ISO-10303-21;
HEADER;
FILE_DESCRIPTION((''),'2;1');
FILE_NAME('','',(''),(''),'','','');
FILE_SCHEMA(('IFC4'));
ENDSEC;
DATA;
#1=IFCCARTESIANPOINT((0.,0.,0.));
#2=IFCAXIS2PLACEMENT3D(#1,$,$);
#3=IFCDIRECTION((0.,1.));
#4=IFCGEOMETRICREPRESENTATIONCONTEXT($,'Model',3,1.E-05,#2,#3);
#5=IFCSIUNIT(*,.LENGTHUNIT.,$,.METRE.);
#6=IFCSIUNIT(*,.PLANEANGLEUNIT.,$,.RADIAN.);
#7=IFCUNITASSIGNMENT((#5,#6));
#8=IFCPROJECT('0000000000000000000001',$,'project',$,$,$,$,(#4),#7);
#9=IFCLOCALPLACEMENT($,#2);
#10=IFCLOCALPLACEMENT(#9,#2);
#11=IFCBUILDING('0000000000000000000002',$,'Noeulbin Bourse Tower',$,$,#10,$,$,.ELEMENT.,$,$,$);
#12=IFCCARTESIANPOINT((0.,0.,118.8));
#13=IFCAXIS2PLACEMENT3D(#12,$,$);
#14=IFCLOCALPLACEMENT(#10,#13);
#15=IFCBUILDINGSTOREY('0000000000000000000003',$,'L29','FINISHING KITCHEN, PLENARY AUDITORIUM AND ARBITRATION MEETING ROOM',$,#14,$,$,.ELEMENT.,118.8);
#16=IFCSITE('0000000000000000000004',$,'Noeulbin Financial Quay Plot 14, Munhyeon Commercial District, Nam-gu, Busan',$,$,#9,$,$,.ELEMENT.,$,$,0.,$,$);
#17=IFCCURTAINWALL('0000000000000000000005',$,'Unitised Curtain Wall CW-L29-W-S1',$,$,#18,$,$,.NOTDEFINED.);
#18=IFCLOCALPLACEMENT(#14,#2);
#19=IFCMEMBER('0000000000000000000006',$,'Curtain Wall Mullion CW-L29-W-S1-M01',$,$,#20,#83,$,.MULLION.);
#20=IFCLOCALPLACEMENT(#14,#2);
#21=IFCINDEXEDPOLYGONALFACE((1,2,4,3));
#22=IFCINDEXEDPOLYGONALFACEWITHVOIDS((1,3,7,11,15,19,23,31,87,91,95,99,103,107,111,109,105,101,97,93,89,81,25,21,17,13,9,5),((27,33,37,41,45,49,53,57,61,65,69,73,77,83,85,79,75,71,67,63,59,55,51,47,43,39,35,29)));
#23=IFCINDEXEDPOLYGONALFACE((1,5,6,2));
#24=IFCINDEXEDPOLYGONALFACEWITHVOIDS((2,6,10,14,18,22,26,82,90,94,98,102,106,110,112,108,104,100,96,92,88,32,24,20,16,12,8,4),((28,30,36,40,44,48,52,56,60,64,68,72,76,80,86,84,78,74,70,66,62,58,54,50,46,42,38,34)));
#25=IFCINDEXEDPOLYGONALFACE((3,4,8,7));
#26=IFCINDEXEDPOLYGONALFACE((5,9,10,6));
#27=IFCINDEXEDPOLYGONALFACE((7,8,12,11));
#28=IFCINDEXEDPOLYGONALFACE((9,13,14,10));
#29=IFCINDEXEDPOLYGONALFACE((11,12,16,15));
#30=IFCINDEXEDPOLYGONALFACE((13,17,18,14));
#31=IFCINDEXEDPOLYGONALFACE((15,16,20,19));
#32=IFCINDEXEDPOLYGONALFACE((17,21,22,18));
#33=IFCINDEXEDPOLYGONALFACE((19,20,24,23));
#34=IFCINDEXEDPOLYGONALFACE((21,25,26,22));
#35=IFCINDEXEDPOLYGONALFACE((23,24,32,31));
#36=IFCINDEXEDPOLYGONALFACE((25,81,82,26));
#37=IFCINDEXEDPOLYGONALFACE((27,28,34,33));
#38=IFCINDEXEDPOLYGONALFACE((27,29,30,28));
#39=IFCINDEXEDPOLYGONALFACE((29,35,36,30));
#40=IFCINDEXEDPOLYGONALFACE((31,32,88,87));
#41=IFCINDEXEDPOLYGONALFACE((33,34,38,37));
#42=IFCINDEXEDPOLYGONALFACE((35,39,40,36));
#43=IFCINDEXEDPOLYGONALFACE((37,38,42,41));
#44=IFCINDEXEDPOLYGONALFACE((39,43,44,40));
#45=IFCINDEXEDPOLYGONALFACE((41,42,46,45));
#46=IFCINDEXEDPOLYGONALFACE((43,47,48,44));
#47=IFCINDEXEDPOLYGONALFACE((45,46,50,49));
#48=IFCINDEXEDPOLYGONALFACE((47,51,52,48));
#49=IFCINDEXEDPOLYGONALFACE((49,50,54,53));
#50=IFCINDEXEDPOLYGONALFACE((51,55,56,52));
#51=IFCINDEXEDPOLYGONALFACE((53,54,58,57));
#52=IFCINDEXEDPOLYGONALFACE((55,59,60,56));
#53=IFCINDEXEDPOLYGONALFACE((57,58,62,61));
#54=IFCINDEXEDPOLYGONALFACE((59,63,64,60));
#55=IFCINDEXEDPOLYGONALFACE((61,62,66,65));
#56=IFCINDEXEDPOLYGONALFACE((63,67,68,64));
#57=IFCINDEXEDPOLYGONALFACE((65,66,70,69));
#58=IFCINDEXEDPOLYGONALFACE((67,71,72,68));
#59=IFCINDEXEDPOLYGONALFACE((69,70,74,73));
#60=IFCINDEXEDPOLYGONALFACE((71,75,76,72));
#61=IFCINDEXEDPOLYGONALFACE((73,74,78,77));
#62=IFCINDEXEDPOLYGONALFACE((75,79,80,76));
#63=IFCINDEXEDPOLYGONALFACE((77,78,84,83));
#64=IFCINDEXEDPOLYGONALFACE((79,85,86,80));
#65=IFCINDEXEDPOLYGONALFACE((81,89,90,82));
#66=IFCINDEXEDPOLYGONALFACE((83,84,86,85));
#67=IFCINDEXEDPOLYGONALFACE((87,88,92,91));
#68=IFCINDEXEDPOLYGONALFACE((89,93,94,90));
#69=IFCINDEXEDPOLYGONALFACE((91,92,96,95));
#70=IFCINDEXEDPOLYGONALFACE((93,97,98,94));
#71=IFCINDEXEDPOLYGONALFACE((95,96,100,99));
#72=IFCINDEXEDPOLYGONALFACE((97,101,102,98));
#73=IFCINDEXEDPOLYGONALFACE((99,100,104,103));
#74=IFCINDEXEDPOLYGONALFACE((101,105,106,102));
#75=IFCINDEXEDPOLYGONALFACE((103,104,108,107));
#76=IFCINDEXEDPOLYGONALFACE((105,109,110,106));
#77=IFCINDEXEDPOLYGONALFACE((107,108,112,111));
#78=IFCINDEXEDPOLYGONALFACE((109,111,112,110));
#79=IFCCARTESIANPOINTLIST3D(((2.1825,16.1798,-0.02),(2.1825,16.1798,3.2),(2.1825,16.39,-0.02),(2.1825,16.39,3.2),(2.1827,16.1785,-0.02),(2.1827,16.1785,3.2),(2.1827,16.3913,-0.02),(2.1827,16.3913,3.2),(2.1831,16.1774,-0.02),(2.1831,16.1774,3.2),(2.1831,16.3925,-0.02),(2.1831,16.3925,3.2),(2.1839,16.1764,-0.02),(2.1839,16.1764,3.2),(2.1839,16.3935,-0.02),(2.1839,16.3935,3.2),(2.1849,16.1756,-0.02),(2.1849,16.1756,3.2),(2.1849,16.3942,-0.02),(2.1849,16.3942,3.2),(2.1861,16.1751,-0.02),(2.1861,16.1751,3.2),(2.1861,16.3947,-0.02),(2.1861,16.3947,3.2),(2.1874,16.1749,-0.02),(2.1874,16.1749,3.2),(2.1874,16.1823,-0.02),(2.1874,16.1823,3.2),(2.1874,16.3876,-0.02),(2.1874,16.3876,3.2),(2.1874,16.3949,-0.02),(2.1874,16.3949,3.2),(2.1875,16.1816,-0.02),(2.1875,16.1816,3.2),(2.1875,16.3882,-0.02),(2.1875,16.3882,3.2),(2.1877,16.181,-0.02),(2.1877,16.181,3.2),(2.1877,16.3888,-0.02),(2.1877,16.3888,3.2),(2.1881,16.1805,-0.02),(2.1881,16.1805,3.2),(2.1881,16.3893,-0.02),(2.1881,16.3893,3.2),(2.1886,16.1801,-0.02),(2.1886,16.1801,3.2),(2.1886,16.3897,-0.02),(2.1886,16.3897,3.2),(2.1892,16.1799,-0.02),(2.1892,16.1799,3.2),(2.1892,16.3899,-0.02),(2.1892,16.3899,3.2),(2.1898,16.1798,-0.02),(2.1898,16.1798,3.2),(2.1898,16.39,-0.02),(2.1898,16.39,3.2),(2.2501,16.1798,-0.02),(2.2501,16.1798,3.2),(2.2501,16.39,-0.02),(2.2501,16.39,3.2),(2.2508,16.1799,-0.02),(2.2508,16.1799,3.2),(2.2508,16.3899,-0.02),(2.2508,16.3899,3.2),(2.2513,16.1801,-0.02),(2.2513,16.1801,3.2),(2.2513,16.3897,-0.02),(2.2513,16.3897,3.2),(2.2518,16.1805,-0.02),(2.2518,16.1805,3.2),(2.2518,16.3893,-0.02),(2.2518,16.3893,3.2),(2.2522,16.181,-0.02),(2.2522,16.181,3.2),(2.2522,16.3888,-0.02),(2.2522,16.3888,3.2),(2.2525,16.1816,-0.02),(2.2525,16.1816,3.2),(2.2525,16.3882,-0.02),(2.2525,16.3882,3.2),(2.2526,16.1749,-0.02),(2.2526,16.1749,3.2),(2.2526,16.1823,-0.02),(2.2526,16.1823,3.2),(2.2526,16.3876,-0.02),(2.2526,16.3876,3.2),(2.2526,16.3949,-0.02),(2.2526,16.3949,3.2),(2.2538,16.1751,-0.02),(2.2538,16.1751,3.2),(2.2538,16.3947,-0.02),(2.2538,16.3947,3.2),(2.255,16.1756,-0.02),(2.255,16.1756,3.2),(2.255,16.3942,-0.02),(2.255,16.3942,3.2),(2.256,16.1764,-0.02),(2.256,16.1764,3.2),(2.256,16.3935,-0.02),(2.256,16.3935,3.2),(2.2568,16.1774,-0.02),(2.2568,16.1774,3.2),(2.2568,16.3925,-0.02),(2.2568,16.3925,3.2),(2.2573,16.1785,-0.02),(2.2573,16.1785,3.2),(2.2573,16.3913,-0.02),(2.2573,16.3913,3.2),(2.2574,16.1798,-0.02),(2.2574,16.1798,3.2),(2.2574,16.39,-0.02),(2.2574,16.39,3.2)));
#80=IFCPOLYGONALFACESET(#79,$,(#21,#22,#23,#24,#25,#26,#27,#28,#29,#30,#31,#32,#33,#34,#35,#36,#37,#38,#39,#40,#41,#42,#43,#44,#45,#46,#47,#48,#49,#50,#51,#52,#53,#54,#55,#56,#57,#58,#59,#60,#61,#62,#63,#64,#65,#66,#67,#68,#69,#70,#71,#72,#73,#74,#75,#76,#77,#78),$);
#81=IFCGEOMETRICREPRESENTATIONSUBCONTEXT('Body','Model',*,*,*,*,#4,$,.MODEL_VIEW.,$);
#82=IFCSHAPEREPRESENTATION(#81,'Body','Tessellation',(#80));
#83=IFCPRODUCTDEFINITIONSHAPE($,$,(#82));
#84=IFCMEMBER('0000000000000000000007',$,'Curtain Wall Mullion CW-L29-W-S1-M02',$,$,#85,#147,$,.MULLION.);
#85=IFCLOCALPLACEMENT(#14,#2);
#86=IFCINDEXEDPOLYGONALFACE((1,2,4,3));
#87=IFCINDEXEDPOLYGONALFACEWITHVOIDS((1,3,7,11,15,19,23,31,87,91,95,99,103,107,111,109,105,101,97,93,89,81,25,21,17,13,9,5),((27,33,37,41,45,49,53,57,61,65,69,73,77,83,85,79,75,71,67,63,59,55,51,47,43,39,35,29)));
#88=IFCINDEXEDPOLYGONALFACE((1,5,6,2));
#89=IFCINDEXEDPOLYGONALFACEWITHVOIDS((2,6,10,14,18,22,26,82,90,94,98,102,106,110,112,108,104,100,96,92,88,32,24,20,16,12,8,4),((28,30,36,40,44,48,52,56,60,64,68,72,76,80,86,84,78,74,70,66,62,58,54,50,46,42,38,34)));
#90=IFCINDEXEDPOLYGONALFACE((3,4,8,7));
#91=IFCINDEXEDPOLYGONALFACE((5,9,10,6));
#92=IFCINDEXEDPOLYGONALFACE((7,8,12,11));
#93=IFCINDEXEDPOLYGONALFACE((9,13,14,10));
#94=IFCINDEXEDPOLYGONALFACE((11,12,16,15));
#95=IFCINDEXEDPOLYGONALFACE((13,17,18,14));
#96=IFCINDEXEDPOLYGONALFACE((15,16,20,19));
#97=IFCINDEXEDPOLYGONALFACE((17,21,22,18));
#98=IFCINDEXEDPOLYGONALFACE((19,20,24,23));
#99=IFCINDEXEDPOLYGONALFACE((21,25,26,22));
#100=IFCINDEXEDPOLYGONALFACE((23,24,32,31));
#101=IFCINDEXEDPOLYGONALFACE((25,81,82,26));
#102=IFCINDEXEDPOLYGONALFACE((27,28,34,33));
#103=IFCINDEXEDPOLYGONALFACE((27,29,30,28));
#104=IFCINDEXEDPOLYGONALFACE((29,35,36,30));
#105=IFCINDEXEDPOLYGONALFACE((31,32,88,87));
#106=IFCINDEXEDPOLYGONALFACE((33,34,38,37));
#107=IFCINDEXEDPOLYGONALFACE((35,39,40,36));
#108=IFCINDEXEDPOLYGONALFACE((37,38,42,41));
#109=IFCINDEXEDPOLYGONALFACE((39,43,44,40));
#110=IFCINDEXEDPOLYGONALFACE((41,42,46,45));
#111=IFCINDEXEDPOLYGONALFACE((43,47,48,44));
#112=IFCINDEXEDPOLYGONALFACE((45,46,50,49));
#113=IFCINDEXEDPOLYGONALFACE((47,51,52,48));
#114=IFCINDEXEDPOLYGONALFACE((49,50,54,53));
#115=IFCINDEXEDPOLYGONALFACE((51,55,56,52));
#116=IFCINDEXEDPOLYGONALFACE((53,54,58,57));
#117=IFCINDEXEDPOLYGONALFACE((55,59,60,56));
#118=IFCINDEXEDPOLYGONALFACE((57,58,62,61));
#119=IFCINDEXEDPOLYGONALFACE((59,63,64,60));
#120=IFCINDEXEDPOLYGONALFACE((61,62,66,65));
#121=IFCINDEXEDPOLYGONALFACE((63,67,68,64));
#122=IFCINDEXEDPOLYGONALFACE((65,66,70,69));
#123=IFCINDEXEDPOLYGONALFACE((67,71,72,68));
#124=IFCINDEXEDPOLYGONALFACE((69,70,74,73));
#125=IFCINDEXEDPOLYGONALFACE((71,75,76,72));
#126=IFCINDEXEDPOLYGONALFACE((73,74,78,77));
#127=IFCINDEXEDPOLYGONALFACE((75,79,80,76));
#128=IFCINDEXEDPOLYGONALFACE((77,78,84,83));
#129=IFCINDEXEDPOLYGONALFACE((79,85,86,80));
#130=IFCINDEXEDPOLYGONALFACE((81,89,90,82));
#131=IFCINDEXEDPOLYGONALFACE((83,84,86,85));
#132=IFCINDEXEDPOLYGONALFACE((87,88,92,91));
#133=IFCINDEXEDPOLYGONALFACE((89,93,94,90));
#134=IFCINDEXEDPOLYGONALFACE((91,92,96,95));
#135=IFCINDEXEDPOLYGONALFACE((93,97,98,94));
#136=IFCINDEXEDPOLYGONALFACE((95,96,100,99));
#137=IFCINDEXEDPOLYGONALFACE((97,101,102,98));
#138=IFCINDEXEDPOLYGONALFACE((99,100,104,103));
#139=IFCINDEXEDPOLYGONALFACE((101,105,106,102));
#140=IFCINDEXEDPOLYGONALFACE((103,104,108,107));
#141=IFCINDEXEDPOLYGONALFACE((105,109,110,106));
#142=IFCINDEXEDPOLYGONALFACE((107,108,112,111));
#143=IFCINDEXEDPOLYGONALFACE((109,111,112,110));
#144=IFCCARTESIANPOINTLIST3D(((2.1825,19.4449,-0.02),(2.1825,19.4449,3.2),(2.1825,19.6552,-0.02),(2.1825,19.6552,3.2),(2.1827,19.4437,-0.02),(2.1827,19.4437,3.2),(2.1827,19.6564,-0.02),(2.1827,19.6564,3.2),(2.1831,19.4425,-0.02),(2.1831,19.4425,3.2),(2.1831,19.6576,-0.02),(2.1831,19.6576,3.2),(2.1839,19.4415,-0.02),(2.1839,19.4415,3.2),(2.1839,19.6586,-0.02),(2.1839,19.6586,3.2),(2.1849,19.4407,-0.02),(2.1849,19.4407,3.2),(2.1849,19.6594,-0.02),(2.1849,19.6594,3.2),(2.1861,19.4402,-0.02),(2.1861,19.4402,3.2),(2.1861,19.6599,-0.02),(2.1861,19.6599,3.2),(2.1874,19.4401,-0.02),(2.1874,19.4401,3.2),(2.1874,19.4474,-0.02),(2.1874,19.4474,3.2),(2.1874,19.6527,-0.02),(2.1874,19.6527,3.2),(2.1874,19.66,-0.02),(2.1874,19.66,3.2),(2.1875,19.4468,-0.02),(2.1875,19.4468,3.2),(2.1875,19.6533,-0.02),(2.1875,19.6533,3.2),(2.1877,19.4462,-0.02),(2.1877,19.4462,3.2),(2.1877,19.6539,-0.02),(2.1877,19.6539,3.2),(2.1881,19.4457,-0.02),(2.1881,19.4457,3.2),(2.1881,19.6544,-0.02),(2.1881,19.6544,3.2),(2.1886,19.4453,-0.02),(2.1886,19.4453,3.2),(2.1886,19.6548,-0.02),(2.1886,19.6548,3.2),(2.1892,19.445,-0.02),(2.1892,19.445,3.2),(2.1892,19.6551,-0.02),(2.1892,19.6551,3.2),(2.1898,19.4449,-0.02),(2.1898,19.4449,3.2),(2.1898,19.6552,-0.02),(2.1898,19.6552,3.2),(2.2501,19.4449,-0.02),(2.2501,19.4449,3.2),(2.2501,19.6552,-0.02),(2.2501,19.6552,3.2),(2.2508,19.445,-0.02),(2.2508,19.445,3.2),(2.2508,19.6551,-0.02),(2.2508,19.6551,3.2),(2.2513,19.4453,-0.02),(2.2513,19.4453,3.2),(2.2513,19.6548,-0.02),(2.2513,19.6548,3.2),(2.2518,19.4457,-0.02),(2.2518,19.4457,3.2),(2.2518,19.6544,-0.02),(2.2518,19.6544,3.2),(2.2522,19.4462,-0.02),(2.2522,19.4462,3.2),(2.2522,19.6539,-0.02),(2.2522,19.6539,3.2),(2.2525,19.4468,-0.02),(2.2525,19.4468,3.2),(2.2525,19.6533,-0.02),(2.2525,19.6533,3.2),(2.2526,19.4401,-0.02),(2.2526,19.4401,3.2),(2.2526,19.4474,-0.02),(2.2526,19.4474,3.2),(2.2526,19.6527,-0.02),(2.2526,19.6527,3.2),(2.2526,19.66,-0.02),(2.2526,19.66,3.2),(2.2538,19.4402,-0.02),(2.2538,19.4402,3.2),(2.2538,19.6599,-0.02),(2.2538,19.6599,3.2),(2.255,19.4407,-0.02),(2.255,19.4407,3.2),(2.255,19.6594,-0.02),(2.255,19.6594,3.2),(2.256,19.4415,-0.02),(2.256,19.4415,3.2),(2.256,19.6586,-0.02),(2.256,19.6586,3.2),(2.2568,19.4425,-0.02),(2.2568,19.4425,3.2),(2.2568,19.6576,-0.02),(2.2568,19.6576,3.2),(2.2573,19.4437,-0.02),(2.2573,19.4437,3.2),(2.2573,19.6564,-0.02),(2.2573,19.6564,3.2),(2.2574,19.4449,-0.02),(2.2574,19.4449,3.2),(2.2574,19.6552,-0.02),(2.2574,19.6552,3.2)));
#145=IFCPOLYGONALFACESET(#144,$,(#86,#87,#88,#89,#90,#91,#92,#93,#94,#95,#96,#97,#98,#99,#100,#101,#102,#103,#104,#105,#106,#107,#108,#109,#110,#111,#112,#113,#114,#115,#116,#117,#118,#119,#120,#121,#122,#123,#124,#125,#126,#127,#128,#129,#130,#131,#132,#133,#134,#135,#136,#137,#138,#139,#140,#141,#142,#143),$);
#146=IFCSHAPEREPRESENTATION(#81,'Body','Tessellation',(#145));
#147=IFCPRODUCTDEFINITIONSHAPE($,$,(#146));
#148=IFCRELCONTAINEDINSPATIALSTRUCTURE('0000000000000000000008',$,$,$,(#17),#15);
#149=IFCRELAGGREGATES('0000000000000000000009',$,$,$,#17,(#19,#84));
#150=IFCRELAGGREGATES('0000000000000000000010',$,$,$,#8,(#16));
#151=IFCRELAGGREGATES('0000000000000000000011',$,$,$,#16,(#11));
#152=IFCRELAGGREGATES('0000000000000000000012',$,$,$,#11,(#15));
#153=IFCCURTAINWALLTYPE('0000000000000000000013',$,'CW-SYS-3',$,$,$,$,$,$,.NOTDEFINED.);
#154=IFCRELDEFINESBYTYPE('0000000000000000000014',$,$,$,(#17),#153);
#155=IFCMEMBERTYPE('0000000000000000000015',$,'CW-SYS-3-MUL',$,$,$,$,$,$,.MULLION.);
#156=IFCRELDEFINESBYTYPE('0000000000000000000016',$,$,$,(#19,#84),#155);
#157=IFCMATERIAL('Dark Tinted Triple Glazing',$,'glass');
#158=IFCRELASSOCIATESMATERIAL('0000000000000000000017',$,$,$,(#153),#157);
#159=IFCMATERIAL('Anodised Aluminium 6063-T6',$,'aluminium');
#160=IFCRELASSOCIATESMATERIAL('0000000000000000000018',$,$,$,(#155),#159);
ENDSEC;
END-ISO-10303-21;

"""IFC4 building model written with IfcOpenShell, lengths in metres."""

from ifc_helpers import new_model, si_unit, direction, frame, origin, origin_2d, place, context, subcontext, project, spatial, hollow_rectangle, extrude, material, material_profile, profile_set, type_object, element, aggregate, save


model = new_model("IFC4")

# Units and contexts
model_context = context("Model", 3, precision=1e-05, world=origin(), true_north=direction((0.0, 1.0)))
body_context = subcontext(model_context, "Body", "Model", "MODEL_VIEW")
ifc_project = project(units=[si_unit("LENGTHUNIT", "METRE"), si_unit("PLANEANGLEUNIT", "RADIAN")], contexts=[model_context])

# Site, building, storey
site_placement = place(None, origin())
site = spatial("IfcSite", under=ifc_project, at=site_placement, Name="Noeulbin Financial Quay Plot 14, Munhyeon Commercial District, Nam-gu, Busan", CompositionType="ELEMENT", RefElevation=0.0)
building_placement = place(site_placement, origin())
building = spatial("IfcBuilding", under=site, at=building_placement, Name="Noeulbin Bourse Tower", CompositionType="ELEMENT")
storey_placement = place(building_placement, frame((0.0, 0.0, 118.8)))
storey = spatial("IfcBuildingStorey", under=building, at=storey_placement, Name="L29", Description="FINISHING KITCHEN, PLENARY AUDITORIUM AND ARBITRATION MEETING ROOM", CompositionType="ELEMENT", Elevation=118.8)

# Curtain wall, members
ifc_material_1 = material(Name="Dark Tinted Triple Glazing", Category="glass")
curtain_wall_type = type_object("IfcCurtainWallType", Name="CW-SYS-3", PredefinedType="NOTDEFINED", material=ifc_material_1)
curtain_wall_placement = place(storey_placement, origin())
curtain_wall = element("IfcCurtainWall", 1, at=curtain_wall_placement, inside=storey, type_object=curtain_wall_type, Name="Unitised Curtain Wall CW-L29-W-S1", PredefinedType="NOTDEFINED")
ifc_material_2 = material(Name="Anodised Aluminium 6063-T6", Category="aluminium")
ifc_material_profile_1 = material_profile(ifc_material_2, hollow_rectangle(XDim=0.075, YDim=0.22, WallThickness=0.0049, InnerFilletRadius=0.0024, OuterFilletRadius=0.0049, at=origin_2d()), Name="ALU-MULL-75x220x5", Category="LoadBearing")
ifc_profile_set_1 = profile_set([ifc_material_profile_1], Name="Anodised Aluminium 6063-T6")
member_type_1 = type_object("IfcMemberType", Name="CW-SYS-3-MUL", PredefinedType="MULLION", material=ifc_profile_set_1)
member_1_placement = place(storey_placement, frame((2.22, 16.2849, -0.02), z_axis=(0.0, 0.0, 1.0), x_axis=(1.0, 0.0, 0.0)))
member_1 = element("IfcMember", 2, at=member_1_placement, type_object=member_type_1, Name="Curtain Wall Mullion CW-L29-W-S1-M01", PredefinedType="MULLION", context=body_context, shape_type="SweptSolid", body=[
    extrude(hollow_rectangle(XDim=0.075, YDim=0.22, WallThickness=0.0049, InnerFilletRadius=0.0024, OuterFilletRadius=0.0049, at=origin_2d()), origin(), (0.0, 0.0, 1.0), 3.22),
])
member_2_placement = place(storey_placement, frame((2.22, 19.55, -0.02), z_axis=(0.0, 0.0, 1.0), x_axis=(1.0, 0.0, 0.0)))
member_2 = element("IfcMember", 3, at=member_2_placement, type_object=member_type_1, Name="Curtain Wall Mullion CW-L29-W-S1-M02", PredefinedType="MULLION", context=body_context, shape_type="SweptSolid", body=[
    extrude(hollow_rectangle(XDim=0.075, YDim=0.22, WallThickness=0.0049, InnerFilletRadius=0.0024, OuterFilletRadius=0.0049, at=origin_2d()), origin(), (0.0, 0.0, 1.0), 3.22),
])
aggregate(curtain_wall, [member_1, member_2])

save(model, "model.ifc")
